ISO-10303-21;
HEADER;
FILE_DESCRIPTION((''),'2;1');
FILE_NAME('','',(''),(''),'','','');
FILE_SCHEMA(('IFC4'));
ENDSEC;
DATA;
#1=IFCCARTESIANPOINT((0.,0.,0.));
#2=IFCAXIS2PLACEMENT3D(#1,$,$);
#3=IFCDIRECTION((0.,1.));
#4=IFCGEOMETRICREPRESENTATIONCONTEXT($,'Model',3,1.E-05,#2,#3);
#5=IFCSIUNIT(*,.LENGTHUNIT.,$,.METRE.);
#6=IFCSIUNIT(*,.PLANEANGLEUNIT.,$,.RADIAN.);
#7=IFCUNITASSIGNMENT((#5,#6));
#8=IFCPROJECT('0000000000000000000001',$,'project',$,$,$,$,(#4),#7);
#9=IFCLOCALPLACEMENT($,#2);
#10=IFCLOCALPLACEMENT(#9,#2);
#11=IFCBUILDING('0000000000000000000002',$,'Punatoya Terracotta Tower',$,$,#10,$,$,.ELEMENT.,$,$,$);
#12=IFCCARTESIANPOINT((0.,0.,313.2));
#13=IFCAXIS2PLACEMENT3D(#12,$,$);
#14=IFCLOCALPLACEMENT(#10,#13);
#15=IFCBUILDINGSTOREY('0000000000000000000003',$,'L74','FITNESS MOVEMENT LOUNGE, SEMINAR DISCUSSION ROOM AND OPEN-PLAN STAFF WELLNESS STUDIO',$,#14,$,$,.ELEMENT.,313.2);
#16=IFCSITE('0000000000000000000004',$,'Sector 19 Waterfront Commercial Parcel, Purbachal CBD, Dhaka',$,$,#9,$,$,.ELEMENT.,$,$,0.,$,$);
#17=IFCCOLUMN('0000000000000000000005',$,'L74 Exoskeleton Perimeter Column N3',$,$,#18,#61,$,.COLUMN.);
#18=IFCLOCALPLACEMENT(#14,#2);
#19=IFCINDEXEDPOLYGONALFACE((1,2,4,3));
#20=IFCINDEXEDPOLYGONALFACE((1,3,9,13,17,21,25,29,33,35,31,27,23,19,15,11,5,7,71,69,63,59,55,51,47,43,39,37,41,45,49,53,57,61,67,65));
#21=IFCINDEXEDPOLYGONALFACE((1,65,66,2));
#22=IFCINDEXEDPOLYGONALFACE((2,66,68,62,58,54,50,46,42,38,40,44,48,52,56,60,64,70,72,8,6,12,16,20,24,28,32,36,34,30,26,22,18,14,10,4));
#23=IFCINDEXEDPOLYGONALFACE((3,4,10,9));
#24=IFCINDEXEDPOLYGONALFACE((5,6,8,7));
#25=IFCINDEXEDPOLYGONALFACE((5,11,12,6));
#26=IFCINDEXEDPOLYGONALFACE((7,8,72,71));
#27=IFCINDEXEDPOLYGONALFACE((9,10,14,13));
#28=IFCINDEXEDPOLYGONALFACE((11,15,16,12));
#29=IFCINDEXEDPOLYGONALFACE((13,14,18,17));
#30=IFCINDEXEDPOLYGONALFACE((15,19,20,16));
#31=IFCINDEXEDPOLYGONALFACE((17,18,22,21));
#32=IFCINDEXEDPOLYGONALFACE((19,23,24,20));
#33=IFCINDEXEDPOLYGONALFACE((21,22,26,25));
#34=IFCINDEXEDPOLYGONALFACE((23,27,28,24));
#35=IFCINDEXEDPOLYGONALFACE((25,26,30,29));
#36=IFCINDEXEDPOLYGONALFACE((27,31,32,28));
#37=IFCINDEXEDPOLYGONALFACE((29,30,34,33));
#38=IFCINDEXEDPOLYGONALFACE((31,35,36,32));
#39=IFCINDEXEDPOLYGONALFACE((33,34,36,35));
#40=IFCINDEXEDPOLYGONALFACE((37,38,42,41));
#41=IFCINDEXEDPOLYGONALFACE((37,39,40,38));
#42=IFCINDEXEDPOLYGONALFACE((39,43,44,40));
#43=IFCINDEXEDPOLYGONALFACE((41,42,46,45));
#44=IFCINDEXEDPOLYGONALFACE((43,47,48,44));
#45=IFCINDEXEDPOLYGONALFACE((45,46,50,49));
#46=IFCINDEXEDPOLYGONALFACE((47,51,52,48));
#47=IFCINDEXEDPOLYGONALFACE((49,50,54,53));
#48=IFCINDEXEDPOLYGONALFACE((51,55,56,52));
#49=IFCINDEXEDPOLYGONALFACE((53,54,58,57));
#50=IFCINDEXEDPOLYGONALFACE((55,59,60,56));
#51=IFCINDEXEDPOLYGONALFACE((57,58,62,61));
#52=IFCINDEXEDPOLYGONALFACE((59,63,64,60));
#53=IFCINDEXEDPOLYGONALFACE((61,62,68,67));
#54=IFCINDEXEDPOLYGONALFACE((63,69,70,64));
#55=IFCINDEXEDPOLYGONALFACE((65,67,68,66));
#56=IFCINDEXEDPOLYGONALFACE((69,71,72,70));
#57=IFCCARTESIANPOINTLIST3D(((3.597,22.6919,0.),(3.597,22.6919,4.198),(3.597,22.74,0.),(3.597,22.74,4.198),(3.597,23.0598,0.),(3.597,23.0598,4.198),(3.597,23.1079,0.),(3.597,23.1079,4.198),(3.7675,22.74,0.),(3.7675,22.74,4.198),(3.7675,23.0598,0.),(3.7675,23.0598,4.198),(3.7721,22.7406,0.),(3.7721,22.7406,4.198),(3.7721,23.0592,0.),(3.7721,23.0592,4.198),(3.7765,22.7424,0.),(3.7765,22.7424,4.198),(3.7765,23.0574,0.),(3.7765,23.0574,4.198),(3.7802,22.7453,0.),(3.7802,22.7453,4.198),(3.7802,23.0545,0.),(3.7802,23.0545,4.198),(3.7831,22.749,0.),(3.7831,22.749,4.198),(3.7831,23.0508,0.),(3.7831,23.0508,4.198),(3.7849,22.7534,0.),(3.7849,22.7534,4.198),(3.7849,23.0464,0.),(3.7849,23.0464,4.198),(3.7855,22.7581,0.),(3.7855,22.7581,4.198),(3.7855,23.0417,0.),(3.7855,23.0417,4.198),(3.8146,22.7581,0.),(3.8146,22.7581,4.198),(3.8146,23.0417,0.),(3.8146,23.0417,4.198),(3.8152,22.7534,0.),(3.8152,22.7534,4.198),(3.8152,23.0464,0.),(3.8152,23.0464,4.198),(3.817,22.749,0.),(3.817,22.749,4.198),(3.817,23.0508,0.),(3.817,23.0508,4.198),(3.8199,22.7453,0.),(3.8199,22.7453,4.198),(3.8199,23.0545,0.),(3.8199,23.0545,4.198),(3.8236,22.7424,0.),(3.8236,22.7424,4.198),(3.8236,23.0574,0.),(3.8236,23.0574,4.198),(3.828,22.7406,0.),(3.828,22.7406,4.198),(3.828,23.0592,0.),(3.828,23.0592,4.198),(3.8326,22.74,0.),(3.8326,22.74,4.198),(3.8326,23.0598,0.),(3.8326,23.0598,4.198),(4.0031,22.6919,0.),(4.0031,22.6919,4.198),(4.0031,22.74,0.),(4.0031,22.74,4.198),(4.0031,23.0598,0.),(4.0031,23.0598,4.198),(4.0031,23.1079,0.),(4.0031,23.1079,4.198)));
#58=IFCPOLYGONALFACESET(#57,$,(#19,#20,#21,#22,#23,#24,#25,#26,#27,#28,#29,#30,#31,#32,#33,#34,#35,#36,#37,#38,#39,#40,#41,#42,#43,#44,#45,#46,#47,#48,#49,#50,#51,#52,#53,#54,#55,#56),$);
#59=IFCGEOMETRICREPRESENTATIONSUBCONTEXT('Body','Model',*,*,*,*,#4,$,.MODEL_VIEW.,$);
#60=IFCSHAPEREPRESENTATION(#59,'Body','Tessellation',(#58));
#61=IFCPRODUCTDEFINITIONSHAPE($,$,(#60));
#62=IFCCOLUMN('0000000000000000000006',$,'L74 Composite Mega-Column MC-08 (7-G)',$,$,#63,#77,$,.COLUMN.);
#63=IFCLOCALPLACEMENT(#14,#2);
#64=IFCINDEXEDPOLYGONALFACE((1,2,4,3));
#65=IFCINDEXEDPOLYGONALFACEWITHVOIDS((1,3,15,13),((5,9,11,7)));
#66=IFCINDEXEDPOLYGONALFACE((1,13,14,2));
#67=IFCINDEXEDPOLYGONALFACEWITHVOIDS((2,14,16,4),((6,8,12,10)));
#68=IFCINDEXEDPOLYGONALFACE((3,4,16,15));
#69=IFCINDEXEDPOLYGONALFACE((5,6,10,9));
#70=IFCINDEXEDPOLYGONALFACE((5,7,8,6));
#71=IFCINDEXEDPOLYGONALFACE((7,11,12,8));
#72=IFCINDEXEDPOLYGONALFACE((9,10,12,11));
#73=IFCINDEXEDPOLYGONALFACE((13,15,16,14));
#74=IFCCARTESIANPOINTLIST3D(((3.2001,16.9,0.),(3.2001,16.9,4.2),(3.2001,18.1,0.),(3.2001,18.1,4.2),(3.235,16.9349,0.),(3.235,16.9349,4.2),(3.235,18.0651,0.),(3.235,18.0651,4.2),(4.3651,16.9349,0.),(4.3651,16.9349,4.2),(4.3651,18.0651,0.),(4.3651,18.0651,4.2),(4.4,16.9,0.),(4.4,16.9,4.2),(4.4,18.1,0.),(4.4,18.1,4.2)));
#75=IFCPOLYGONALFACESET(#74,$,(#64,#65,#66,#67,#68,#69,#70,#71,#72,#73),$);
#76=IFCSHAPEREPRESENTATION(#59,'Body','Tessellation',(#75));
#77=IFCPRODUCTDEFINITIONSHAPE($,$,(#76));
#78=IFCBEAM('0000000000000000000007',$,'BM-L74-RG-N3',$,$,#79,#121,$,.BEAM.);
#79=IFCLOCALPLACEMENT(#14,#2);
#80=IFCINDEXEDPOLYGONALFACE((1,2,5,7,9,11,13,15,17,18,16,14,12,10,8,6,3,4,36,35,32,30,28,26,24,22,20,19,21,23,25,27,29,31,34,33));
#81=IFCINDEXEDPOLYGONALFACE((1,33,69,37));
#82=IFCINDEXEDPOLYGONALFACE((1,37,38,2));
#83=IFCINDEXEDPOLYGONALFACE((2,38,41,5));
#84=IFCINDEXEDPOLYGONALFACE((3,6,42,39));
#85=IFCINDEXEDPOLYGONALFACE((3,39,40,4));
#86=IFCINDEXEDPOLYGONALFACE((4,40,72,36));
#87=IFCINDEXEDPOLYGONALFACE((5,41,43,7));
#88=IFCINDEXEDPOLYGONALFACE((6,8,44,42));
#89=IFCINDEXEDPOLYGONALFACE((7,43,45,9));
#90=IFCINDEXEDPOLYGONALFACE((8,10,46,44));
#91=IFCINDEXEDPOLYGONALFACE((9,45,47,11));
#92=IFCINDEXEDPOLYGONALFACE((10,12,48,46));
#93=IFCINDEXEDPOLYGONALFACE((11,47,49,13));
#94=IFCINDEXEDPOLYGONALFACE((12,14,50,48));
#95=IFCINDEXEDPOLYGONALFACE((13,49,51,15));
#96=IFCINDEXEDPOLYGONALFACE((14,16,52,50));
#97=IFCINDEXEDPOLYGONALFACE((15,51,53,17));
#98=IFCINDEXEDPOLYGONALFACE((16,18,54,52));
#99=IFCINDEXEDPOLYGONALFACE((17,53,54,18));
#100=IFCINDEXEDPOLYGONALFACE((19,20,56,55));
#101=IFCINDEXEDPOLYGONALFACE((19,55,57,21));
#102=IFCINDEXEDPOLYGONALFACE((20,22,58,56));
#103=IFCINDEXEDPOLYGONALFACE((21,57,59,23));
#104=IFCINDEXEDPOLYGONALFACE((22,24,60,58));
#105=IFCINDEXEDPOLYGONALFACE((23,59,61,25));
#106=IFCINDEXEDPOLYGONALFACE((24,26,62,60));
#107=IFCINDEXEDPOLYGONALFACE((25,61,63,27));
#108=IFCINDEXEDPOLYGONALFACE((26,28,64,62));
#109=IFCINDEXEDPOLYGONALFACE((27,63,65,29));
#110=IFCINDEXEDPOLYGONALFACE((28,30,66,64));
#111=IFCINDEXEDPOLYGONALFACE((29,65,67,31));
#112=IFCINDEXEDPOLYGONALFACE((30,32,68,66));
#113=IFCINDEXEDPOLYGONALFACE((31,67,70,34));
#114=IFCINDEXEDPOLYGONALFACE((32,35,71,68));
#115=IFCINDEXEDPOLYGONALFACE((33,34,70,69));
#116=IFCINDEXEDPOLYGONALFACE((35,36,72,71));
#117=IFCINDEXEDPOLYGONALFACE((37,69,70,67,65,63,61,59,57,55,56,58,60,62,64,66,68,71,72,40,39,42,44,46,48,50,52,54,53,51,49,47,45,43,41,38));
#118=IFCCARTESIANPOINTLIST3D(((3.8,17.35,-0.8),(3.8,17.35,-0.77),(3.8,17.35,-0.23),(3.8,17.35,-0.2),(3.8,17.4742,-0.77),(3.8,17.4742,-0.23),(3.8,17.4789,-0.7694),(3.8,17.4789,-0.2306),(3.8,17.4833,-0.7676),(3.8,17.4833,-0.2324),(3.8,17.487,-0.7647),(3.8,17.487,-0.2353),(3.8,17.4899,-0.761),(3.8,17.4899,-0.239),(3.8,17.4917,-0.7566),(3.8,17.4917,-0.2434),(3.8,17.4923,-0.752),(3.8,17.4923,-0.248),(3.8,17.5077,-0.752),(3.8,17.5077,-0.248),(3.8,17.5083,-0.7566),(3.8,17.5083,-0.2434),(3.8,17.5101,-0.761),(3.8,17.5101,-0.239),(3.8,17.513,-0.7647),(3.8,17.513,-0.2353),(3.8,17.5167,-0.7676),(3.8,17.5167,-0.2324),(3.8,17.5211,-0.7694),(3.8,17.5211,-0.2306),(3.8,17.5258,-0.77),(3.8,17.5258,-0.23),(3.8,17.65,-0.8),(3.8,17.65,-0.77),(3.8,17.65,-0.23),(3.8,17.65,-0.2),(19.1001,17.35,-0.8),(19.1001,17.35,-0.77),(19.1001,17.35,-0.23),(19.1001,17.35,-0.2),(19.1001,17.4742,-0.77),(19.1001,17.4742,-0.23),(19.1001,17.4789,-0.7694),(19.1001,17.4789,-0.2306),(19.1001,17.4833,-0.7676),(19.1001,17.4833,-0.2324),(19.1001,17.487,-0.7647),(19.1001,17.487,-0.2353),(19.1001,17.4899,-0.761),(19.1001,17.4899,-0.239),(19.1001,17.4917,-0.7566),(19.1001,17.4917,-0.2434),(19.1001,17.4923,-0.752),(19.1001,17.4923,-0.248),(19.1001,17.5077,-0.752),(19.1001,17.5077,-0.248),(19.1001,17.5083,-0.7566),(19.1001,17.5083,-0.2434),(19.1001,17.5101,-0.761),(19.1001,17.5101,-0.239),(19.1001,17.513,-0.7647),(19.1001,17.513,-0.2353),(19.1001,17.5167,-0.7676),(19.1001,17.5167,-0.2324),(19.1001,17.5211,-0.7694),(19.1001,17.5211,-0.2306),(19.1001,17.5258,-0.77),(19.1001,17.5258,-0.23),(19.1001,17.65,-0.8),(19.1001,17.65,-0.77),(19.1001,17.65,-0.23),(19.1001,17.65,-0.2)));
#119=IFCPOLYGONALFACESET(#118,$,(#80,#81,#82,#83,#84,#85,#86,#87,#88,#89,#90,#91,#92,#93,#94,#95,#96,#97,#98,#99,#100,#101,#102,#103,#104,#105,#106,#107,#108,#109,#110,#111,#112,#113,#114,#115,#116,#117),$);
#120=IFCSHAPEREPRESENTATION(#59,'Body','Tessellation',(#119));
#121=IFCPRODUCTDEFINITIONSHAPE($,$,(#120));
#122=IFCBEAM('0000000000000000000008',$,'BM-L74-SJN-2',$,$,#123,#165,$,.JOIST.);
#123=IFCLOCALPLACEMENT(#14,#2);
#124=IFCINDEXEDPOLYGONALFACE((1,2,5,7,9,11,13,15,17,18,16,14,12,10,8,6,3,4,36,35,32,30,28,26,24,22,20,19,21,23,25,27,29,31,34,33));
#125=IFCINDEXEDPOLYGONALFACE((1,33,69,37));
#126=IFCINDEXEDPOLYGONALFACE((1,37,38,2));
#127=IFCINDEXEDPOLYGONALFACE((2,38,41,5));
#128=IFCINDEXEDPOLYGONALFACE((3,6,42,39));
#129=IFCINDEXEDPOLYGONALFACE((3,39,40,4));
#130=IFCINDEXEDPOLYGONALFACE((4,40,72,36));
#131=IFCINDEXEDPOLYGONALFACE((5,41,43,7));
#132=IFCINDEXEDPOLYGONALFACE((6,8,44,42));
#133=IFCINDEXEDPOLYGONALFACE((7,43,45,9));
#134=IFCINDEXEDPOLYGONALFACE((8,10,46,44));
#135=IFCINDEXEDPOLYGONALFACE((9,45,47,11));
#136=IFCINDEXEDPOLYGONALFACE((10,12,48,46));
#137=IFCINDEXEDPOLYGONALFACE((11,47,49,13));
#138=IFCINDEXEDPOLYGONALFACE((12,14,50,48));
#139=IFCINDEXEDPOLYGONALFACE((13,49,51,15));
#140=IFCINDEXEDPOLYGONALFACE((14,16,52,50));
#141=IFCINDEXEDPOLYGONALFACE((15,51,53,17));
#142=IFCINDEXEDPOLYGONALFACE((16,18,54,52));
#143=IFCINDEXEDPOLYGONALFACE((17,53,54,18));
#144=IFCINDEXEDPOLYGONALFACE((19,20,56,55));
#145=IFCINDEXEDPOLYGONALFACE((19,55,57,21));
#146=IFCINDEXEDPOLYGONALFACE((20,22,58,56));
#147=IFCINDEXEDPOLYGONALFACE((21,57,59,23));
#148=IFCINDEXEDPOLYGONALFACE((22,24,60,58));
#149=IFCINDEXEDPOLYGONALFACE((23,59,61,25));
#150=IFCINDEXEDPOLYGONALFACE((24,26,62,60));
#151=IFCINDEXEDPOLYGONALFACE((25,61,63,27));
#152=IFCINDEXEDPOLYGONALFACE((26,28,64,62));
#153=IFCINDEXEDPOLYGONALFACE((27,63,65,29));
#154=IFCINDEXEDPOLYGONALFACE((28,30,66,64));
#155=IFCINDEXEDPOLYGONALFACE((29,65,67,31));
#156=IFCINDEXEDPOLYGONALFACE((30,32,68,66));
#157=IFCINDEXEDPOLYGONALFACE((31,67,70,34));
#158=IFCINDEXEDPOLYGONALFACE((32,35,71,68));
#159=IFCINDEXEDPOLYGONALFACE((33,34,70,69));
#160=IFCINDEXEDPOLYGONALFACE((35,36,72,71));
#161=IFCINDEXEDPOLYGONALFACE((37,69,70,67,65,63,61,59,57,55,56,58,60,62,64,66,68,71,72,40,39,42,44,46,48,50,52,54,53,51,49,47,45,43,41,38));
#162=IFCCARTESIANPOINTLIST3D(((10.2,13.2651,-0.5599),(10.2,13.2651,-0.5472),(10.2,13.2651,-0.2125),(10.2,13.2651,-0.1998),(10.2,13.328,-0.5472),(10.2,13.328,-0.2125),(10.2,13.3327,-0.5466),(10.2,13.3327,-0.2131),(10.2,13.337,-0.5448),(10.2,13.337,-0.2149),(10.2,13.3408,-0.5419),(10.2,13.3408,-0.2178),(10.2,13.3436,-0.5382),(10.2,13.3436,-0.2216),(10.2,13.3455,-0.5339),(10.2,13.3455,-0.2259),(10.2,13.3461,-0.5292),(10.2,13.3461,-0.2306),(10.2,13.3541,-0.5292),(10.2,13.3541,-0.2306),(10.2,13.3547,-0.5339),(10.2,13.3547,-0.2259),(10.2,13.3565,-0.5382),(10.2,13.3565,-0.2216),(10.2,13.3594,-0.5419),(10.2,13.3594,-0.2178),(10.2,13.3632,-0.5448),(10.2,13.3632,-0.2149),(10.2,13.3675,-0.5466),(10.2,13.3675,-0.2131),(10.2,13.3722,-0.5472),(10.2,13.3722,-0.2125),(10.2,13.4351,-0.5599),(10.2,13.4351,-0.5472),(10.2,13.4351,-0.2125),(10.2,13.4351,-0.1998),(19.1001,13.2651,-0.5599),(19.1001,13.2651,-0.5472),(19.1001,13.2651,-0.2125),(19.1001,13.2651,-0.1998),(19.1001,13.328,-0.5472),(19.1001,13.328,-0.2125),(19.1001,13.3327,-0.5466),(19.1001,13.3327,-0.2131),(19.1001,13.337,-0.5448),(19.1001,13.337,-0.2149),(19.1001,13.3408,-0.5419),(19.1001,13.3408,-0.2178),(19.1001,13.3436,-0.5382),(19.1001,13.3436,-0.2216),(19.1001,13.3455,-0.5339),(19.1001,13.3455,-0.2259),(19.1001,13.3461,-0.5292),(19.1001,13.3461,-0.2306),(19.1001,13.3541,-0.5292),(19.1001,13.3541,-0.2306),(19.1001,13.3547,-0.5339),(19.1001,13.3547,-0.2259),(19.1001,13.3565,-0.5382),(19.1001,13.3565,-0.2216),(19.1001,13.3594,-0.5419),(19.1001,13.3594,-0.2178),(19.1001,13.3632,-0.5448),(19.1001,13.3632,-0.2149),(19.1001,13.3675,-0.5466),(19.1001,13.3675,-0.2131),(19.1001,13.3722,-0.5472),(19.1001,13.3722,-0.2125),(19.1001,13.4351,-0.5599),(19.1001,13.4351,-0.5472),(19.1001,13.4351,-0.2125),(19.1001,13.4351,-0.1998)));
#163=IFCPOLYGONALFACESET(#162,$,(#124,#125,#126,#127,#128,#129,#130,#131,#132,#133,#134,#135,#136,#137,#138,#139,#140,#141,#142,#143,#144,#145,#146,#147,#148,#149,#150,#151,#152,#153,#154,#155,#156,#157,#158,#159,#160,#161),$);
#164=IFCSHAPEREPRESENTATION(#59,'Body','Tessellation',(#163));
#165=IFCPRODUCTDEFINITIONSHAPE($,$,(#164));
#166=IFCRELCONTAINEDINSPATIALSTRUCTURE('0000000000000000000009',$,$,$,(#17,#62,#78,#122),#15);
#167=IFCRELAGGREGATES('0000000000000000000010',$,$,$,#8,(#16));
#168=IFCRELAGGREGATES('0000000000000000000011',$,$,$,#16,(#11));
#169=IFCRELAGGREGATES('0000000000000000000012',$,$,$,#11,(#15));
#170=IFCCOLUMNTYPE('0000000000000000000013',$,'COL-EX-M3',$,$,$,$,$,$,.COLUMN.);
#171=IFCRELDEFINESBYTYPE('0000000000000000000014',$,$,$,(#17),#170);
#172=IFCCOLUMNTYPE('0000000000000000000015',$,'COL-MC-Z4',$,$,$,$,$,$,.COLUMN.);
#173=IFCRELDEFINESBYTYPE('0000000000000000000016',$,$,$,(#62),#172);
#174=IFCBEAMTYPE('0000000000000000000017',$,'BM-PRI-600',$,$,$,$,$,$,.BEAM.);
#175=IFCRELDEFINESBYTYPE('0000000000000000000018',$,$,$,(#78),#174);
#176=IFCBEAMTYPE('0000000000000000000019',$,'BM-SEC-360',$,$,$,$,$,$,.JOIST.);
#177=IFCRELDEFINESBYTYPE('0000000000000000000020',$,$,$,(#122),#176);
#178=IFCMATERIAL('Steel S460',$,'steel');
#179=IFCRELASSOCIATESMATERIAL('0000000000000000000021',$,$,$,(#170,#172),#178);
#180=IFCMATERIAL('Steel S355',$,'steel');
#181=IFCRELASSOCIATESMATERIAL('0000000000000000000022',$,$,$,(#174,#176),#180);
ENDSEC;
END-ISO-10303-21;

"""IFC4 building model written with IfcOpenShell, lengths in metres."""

from ifc_helpers import new_model, si_unit, direction, frame, origin, origin_2d, place, context, subcontext, project, spatial, hollow_rectangle, i_section, extrude, material, material_profile, profile_set, type_object, element, save


model = new_model("IFC4")

# Units and contexts
model_context = context("Model", 3, precision=1e-05, world=origin(), true_north=direction((0.0, 1.0)))
body_context = subcontext(model_context, "Body", "Model", "MODEL_VIEW")
ifc_project = project(units=[si_unit("LENGTHUNIT", "METRE"), si_unit("PLANEANGLEUNIT", "RADIAN")], contexts=[model_context])

# Site, building, storey
site_placement = place(None, origin())
site = spatial("IfcSite", under=ifc_project, at=site_placement, Name="Sector 19 Waterfront Commercial Parcel, Purbachal CBD, Dhaka", CompositionType="ELEMENT", RefElevation=0.0)
building_placement = place(site_placement, origin())
building = spatial("IfcBuilding", under=site, at=building_placement, Name="Punatoya Terracotta Tower", CompositionType="ELEMENT")
storey_placement = place(building_placement, frame((0.0, 0.0, 313.2)))
storey = spatial("IfcBuildingStorey", under=building, at=storey_placement, Name="L74", Description="FITNESS MOVEMENT LOUNGE, SEMINAR DISCUSSION ROOM AND OPEN-PLAN STAFF WELLNESS STUDIO", CompositionType="ELEMENT", Elevation=313.2)

# Columns
ifc_material_1 = material(Name="Steel S460", Category="steel")
ifc_material_profile_1 = material_profile(ifc_material_1, i_section(OverallWidth=0.406, OverallDepth=0.416, WebThickness=0.0291, FlangeThickness=0.0481, FilletRadius=0.0181, at=origin_2d()))
ifc_profile_set_1 = profile_set([ifc_material_profile_1], Name="Steel S460")
column_type_1 = type_object("IfcColumnType", Name="COL-EX-M3", PredefinedType="COLUMN", material=ifc_profile_set_1)
column_1_placement = place(storey_placement, frame((3.8, 22.8999, 0.0), z_axis=(0.0, 0.0, 1.0), x_axis=(1.0, 0.0, 0.0)))
element("IfcColumn", 1, at=column_1_placement, inside=storey, type_object=column_type_1, Name="L74 Exoskeleton Perimeter Column N3", PredefinedType="COLUMN", context=body_context, shape_type="SweptSolid", body=[
    extrude(i_section(OverallWidth=0.406, OverallDepth=0.416, WebThickness=0.0291, FlangeThickness=0.0481, FilletRadius=0.0181, at=origin_2d()), origin(), (0.0, 0.0, 1.0), 4.198),
])
ifc_material_profile_2 = material_profile(ifc_material_1, hollow_rectangle(XDim=1.2, YDim=1.2, WallThickness=0.0349, at=origin_2d()))
ifc_profile_set_2 = profile_set([ifc_material_profile_2], Name="Steel S460")
column_type_2 = type_object("IfcColumnType", Name="COL-MC-Z4", PredefinedType="COLUMN", material=ifc_profile_set_2)
column_2_placement = place(storey_placement, frame((3.8, 17.5, 0.0), z_axis=(0.0, 0.0, 1.0), x_axis=(1.0, 0.0, 0.0)))
element("IfcColumn", 2, at=column_2_placement, inside=storey, type_object=column_type_2, Name="L74 Composite Mega-Column MC-08 (7-G)", PredefinedType="COLUMN", context=body_context, shape_type="SweptSolid", body=[
    extrude(hollow_rectangle(XDim=1.2, YDim=1.2, WallThickness=0.0349, at=origin_2d()), origin(), (0.0, 0.0, 1.0), 4.2),
])

# Beams
ifc_material_2 = material(Name="Steel S355", Category="steel")
ifc_material_profile_3 = material_profile(ifc_material_2, i_section(OverallWidth=0.3, OverallDepth=0.6001, WebThickness=0.0154, FlangeThickness=0.03, FilletRadius=0.0181, at=origin_2d()))
ifc_profile_set_3 = profile_set([ifc_material_profile_3], Name="Steel S355")
beam_type_1 = type_object("IfcBeamType", Name="BM-PRI-600", PredefinedType="BEAM", material=ifc_profile_set_3)
beam_1_placement = place(storey_placement, frame((3.8, 17.5, -0.5), z_axis=(1.0, 0.0, 0.0), x_axis=(0.0, 1.0, 0.0)))
element("IfcBeam", 3, at=beam_1_placement, inside=storey, type_object=beam_type_1, Name="BM-L74-RG-N3", PredefinedType="BEAM", context=body_context, shape_type="SweptSolid", body=[
    extrude(i_section(OverallWidth=0.3, OverallDepth=0.6001, WebThickness=0.0154, FlangeThickness=0.03, FilletRadius=0.0181, at=origin_2d()), origin(), (0.0, 0.0, 1.0), 15.3),
])
ifc_material_profile_4 = material_profile(ifc_material_2, i_section(OverallWidth=0.1699, OverallDepth=0.3601, WebThickness=0.0081, FlangeThickness=0.0127, FilletRadius=0.0181, at=origin_2d()))
ifc_profile_set_4 = profile_set([ifc_material_profile_4], Name="Steel S355")
beam_type_2 = type_object("IfcBeamType", Name="BM-SEC-360", PredefinedType="JOIST", material=ifc_profile_set_4)
beam_2_placement = place(storey_placement, frame((10.2, 13.3501, -0.3799), z_axis=(1.0, 0.0, 0.0), x_axis=(0.0, 1.0, 0.0)))
element("IfcBeam", 4, at=beam_2_placement, inside=storey, type_object=beam_type_2, Name="BM-L74-SJN-2", PredefinedType="JOIST", context=body_context, shape_type="SweptSolid", body=[
    extrude(i_section(OverallWidth=0.1699, OverallDepth=0.3601, WebThickness=0.0081, FlangeThickness=0.0127, FilletRadius=0.0181, at=origin_2d()), origin(), (0.0, 0.0, 1.0), 8.9001),
])

save(model, "model.ifc")
